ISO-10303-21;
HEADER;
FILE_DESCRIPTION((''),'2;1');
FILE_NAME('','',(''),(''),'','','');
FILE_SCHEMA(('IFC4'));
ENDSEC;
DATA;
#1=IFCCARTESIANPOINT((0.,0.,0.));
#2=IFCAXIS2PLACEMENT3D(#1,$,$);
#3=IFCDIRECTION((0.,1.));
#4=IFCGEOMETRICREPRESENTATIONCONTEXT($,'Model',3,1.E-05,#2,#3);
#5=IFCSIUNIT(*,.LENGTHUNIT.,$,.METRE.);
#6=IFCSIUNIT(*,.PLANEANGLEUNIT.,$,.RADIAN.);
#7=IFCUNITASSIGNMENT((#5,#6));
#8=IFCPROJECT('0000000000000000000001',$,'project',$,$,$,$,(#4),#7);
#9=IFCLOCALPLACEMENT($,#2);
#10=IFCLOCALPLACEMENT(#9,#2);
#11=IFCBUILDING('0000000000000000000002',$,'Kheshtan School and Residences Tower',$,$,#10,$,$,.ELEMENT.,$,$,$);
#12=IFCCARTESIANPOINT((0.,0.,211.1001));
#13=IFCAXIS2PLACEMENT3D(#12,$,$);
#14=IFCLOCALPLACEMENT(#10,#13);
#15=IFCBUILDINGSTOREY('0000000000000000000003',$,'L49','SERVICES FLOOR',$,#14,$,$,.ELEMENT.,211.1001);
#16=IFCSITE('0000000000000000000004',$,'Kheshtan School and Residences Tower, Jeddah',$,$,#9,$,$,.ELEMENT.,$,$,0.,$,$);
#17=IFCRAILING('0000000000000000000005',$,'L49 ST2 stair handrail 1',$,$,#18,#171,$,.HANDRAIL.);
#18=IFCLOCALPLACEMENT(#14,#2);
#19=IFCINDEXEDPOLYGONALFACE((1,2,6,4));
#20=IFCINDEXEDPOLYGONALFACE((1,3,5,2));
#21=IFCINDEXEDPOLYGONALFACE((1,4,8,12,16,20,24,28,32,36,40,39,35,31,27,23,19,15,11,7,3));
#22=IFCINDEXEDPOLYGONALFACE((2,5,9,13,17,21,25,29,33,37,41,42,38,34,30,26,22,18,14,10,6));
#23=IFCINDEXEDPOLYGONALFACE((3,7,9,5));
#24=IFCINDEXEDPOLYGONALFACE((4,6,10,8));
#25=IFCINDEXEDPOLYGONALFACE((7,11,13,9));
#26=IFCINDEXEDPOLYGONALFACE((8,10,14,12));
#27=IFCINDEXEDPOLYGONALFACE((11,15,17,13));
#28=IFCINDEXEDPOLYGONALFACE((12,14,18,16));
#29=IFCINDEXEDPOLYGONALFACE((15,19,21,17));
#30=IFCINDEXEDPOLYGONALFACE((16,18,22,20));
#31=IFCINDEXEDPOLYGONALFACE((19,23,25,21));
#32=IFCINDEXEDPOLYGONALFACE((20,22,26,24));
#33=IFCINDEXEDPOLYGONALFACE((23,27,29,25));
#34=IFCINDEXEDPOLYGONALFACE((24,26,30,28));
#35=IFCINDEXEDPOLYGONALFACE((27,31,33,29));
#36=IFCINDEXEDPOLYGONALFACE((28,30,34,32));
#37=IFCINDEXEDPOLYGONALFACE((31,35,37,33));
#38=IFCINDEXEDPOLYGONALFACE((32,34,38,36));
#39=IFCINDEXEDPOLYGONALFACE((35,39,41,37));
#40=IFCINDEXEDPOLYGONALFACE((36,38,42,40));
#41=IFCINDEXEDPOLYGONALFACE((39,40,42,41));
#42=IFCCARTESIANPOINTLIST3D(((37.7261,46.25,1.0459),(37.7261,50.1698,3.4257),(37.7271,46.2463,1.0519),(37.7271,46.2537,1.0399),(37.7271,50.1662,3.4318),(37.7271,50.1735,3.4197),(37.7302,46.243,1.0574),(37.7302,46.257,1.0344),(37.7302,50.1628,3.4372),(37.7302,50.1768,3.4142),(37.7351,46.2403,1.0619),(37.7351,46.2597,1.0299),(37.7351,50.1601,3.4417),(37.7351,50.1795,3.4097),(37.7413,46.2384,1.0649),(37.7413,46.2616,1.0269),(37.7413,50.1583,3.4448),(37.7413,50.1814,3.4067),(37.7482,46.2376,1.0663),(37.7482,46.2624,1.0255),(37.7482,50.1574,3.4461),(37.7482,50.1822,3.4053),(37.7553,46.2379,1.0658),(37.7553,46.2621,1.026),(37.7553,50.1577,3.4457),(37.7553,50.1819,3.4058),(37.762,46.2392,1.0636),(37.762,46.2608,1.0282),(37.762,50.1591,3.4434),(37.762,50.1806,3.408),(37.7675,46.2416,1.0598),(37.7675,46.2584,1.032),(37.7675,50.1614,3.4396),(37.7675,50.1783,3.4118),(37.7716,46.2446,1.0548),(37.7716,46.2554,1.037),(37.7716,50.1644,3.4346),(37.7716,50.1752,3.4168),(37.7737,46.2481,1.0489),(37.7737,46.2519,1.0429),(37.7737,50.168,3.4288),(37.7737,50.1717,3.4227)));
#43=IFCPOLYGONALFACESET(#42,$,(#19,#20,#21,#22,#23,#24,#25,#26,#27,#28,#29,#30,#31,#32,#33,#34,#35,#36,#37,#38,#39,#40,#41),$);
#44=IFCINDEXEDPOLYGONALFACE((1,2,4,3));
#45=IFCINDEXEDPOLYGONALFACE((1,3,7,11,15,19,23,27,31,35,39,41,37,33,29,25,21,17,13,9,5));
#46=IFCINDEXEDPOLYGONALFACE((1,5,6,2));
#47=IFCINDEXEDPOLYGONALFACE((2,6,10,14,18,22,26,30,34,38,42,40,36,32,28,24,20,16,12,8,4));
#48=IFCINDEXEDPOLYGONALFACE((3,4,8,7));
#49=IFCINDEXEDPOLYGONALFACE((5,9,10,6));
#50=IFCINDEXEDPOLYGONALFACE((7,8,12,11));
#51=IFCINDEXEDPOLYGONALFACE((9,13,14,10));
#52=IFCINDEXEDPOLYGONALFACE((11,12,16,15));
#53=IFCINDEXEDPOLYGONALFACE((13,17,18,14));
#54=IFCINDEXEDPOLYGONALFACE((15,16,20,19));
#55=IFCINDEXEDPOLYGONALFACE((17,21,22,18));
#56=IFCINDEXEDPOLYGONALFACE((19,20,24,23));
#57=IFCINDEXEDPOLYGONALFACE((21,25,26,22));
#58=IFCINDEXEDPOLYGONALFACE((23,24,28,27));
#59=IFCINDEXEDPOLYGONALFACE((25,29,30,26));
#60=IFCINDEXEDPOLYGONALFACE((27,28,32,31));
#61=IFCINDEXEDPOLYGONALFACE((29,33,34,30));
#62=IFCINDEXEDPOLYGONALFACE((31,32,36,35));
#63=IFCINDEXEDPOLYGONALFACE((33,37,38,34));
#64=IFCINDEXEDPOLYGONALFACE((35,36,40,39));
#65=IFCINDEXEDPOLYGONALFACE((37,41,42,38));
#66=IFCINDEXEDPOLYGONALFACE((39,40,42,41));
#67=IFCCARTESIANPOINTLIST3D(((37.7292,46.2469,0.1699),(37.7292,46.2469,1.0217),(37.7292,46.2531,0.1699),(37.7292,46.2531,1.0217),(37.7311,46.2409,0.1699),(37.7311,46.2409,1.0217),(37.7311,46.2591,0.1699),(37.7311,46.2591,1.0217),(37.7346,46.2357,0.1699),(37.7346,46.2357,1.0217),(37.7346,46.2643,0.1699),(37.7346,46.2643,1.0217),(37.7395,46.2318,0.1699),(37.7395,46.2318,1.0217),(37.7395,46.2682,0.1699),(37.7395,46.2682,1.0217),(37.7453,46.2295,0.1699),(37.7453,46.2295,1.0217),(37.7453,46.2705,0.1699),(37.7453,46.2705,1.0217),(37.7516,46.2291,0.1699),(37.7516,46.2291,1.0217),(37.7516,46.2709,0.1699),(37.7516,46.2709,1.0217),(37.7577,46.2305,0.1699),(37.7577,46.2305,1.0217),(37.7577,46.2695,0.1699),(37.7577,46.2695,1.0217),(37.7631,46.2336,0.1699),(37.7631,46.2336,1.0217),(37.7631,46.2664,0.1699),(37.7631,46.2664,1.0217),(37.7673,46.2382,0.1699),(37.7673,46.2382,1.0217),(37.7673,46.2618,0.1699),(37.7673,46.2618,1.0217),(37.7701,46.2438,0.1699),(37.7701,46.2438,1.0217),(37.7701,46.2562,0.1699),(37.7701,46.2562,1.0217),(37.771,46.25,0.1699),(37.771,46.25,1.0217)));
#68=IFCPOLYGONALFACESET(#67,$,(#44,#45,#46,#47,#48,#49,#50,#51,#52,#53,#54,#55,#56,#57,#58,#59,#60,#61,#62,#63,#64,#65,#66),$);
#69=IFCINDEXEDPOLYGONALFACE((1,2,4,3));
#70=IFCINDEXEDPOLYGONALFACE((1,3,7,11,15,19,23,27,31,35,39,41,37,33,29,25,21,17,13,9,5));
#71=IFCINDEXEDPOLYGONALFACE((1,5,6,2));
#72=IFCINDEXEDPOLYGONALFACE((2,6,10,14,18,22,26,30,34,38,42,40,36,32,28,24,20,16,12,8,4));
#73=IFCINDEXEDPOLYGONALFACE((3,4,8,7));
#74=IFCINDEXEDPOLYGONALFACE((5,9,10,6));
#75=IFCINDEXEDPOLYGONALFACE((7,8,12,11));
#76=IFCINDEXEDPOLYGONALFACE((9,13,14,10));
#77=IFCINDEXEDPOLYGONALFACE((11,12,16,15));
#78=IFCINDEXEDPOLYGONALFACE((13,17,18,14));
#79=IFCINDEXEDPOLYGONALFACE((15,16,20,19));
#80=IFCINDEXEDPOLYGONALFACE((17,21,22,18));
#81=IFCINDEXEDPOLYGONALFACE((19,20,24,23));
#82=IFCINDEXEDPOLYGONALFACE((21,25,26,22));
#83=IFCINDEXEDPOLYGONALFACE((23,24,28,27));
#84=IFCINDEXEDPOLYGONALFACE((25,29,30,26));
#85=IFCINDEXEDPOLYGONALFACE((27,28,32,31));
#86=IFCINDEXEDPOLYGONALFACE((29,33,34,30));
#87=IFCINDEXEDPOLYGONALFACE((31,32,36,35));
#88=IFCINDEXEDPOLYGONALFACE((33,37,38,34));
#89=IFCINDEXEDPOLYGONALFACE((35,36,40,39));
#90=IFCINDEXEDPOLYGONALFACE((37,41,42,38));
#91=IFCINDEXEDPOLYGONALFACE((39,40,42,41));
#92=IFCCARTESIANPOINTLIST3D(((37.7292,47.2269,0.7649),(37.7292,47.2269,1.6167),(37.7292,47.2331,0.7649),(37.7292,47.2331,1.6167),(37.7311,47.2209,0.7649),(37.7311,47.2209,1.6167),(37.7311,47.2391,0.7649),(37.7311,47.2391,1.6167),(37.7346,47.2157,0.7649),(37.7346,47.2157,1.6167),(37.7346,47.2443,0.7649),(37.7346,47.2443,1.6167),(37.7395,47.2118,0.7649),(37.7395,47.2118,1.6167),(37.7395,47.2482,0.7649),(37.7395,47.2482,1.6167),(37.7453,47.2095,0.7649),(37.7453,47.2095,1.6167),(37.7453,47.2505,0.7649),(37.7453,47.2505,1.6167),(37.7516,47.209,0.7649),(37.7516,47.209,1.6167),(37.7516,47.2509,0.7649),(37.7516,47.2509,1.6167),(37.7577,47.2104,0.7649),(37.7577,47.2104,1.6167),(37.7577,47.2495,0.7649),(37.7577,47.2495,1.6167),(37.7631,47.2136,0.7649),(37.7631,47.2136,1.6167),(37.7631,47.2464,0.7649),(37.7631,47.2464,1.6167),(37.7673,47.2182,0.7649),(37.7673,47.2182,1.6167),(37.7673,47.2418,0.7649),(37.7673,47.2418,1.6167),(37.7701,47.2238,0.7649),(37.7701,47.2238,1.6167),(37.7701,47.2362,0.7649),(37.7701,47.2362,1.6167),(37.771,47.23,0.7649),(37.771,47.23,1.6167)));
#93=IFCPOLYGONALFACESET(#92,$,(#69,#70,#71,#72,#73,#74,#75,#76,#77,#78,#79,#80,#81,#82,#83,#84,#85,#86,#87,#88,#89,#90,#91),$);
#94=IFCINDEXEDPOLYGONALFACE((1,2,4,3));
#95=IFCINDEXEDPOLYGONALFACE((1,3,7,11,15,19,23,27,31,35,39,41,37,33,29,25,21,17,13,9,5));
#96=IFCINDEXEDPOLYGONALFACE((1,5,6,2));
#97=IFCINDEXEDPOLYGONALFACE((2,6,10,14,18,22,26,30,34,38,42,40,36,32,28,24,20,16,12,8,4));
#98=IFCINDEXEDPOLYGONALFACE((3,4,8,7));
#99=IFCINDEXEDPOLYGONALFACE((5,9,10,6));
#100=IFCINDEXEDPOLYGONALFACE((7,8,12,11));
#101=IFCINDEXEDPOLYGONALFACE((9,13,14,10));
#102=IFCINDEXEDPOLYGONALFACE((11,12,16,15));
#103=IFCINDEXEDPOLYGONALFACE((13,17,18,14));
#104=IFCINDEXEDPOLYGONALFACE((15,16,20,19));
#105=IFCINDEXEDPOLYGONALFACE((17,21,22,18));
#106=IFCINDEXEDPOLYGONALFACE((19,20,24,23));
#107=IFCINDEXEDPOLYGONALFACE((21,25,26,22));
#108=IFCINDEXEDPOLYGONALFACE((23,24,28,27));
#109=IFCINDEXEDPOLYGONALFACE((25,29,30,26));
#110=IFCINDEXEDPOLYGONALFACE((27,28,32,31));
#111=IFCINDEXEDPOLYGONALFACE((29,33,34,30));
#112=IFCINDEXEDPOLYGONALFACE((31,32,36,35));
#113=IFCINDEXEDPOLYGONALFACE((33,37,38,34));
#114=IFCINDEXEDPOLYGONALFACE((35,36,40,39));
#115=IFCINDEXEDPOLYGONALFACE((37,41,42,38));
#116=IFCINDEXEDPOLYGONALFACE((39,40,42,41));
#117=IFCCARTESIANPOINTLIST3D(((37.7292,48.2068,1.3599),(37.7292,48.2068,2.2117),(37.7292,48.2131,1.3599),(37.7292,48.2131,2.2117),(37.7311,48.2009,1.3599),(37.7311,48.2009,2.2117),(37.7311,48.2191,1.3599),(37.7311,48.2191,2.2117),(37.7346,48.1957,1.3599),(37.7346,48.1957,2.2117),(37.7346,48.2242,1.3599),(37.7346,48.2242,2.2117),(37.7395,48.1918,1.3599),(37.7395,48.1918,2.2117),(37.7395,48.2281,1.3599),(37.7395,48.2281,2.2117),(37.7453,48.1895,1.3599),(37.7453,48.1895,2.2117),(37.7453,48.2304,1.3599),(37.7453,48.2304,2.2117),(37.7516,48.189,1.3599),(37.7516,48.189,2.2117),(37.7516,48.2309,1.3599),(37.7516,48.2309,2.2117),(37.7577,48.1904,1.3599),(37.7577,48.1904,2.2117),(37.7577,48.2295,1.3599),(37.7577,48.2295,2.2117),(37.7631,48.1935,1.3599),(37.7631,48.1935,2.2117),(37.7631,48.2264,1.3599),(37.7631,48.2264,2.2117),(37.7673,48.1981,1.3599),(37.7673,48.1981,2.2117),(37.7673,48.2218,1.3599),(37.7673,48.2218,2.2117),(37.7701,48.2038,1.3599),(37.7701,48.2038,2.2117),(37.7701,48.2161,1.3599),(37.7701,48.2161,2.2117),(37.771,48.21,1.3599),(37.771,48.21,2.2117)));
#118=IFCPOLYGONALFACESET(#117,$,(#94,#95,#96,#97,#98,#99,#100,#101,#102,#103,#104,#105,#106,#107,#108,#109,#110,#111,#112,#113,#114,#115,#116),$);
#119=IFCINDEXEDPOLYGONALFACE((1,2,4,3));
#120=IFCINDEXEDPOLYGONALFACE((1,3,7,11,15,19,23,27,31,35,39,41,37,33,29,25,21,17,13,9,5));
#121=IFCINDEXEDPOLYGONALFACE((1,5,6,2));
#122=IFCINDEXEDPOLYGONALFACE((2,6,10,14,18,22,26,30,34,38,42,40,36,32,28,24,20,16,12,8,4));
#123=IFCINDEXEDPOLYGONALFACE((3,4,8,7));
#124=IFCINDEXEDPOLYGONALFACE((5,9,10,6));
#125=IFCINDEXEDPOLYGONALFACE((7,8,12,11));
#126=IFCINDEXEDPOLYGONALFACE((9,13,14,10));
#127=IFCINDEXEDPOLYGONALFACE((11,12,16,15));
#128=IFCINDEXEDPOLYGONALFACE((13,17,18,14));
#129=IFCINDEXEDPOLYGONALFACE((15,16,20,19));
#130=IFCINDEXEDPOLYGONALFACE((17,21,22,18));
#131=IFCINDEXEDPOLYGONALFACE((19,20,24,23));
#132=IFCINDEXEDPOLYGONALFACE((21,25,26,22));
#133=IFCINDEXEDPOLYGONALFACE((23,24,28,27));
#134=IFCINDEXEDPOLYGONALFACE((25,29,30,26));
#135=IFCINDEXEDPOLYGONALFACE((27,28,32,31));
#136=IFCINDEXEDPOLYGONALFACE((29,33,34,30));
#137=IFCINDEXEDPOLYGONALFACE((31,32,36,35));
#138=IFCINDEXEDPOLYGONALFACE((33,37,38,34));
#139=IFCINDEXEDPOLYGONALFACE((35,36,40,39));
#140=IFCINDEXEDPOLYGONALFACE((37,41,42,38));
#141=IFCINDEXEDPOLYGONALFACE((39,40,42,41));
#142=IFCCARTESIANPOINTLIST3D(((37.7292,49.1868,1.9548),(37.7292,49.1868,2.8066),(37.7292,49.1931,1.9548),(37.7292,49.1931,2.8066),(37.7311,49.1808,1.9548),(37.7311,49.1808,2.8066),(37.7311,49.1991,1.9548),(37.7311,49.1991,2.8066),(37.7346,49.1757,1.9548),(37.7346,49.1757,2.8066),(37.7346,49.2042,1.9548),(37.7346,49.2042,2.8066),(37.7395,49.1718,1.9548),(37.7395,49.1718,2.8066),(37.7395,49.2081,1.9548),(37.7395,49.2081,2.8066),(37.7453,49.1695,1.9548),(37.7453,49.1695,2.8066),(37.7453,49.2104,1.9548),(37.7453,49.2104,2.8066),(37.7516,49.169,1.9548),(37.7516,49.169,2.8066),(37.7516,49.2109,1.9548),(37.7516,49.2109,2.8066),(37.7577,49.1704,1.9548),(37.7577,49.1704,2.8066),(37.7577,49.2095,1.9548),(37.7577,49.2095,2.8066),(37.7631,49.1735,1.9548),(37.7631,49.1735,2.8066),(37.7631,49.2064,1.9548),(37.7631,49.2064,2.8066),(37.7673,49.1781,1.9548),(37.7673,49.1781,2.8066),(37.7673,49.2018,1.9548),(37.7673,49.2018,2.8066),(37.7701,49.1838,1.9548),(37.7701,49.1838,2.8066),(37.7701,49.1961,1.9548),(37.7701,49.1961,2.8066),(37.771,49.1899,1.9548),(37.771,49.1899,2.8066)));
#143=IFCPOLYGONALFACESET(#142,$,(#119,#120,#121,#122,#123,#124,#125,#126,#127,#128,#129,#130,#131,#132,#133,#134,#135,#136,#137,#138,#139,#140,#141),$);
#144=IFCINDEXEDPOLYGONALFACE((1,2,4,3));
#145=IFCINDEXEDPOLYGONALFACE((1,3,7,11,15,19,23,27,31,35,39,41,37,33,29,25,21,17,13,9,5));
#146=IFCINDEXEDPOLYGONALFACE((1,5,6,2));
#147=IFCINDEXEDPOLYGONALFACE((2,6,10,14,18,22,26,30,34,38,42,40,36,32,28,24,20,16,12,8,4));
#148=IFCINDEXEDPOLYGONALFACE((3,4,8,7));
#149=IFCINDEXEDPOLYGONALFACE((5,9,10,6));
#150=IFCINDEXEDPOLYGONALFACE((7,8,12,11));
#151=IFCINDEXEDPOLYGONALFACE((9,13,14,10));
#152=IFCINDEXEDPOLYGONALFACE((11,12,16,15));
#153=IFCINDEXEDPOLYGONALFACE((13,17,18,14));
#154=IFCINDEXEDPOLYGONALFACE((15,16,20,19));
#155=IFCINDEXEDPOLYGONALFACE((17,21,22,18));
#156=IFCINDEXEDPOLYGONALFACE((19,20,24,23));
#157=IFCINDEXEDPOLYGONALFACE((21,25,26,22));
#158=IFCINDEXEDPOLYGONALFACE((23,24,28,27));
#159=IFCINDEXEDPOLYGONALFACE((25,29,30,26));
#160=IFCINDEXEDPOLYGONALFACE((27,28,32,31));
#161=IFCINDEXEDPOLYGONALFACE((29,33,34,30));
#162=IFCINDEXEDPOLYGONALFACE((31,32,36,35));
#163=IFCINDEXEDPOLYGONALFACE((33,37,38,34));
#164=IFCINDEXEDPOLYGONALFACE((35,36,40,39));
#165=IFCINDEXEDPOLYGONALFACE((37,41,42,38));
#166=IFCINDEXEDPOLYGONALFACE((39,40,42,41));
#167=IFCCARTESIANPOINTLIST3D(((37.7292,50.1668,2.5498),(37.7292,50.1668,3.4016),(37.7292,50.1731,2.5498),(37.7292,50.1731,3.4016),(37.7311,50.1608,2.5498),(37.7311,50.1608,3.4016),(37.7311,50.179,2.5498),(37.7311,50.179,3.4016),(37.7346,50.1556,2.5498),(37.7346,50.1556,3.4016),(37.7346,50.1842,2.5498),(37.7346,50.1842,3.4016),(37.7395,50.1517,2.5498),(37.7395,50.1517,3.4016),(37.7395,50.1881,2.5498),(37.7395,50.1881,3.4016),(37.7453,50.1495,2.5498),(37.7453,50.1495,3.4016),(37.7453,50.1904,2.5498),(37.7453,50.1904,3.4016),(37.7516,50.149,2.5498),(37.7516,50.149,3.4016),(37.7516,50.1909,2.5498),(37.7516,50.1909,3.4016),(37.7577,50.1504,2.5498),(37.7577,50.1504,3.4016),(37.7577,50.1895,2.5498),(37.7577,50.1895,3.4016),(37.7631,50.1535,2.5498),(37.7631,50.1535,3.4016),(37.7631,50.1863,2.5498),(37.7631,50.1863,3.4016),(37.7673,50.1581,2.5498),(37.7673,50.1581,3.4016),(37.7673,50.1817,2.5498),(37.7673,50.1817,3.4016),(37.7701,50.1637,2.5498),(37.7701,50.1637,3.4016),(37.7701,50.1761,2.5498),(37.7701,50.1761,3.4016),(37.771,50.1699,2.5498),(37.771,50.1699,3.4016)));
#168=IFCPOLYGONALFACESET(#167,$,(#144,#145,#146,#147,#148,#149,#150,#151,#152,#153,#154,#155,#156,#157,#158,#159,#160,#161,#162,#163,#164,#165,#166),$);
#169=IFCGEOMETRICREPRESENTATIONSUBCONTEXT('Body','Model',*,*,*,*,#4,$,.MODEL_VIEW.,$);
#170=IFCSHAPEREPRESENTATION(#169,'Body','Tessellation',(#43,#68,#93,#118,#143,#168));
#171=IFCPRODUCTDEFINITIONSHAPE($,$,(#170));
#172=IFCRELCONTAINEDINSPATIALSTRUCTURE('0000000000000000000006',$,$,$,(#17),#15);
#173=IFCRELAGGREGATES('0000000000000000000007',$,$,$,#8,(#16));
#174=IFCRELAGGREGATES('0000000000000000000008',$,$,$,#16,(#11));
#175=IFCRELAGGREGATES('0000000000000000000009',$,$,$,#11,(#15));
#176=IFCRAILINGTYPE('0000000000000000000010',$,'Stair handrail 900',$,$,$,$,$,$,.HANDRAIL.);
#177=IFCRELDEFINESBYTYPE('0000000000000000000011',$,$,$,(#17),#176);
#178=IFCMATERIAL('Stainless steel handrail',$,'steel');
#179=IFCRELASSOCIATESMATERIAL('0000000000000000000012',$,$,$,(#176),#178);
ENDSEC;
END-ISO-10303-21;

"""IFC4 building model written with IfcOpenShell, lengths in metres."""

from ifc_helpers import new_model, si_unit, direction, frame, origin, origin_2d, place, context, subcontext, project, spatial, circle, extrude, material, type_object, element, save


model = new_model("IFC4")

# Units and contexts
model_context = context("Model", 3, precision=1e-05, world=origin(), true_north=direction((0.0, 1.0)))
body_context = subcontext(model_context, "Body", "Model", "MODEL_VIEW")
ifc_project = project(units=[si_unit("LENGTHUNIT", "METRE"), si_unit("PLANEANGLEUNIT", "RADIAN")], contexts=[model_context])

# Site, building, storey
site_placement = place(None, origin())
site = spatial("IfcSite", under=ifc_project, at=site_placement, Name="Kheshtan School and Residences Tower, Jeddah", CompositionType="ELEMENT", RefElevation=0.0)
building_placement = place(site_placement, origin())
building = spatial("IfcBuilding", under=site, at=building_placement, Name="Kheshtan School and Residences Tower", CompositionType="ELEMENT")
storey_placement = place(building_placement, frame((0.0, 0.0, 211.1001)))
storey = spatial("IfcBuildingStorey", under=building, at=storey_placement, Name="L49", Description="SERVICES FLOOR", CompositionType="ELEMENT", Elevation=211.1001)

# Railing
ifc_material_1 = material(Name="Stainless steel handrail", Category="steel")
railing_type_1 = type_object("IfcRailingType", Name="Stair handrail 900", PredefinedType="HANDRAIL", material=ifc_material_1)
railing_1_placement = place(storey_placement, frame((37.75, 46.25, 0.1699)))
element("IfcRailing", 1, at=railing_1_placement, inside=storey, type_object=railing_type_1, Name="L49 ST2 stair handrail 1", PredefinedType="HANDRAIL", context=body_context, shape_type="SweptSolid", body=[
    extrude(circle(Radius=0.0239, at=origin_2d()), frame((0.0, 0.0, 0.876), z_axis=(0.0, 0.854794, 0.518967), x_axis=(-1.0, 0.0, 0.0)), (0.0, 0.0, 1.0), 4.5857),
    extrude(circle(Radius=0.021, at=origin_2d()), origin(), (0.0, 0.0, 1.0), 0.8518),
    extrude(circle(Radius=0.021, at=origin_2d()), frame((0.0, 0.98, 0.595)), (0.0, 0.0, 1.0), 0.8518),
    extrude(circle(Radius=0.021, at=origin_2d()), frame((0.0, 1.96, 1.1899)), (0.0, 0.0, 1.0), 0.8518),
    extrude(circle(Radius=0.021, at=origin_2d()), frame((0.0, 2.9399, 1.7849)), (0.0, 0.0, 1.0), 0.8518),
    extrude(circle(Radius=0.021, at=origin_2d()), frame((0.0, 3.9199, 2.3799)), (0.0, 0.0, 1.0), 0.8518),
])

save(model, "model.ifc")
